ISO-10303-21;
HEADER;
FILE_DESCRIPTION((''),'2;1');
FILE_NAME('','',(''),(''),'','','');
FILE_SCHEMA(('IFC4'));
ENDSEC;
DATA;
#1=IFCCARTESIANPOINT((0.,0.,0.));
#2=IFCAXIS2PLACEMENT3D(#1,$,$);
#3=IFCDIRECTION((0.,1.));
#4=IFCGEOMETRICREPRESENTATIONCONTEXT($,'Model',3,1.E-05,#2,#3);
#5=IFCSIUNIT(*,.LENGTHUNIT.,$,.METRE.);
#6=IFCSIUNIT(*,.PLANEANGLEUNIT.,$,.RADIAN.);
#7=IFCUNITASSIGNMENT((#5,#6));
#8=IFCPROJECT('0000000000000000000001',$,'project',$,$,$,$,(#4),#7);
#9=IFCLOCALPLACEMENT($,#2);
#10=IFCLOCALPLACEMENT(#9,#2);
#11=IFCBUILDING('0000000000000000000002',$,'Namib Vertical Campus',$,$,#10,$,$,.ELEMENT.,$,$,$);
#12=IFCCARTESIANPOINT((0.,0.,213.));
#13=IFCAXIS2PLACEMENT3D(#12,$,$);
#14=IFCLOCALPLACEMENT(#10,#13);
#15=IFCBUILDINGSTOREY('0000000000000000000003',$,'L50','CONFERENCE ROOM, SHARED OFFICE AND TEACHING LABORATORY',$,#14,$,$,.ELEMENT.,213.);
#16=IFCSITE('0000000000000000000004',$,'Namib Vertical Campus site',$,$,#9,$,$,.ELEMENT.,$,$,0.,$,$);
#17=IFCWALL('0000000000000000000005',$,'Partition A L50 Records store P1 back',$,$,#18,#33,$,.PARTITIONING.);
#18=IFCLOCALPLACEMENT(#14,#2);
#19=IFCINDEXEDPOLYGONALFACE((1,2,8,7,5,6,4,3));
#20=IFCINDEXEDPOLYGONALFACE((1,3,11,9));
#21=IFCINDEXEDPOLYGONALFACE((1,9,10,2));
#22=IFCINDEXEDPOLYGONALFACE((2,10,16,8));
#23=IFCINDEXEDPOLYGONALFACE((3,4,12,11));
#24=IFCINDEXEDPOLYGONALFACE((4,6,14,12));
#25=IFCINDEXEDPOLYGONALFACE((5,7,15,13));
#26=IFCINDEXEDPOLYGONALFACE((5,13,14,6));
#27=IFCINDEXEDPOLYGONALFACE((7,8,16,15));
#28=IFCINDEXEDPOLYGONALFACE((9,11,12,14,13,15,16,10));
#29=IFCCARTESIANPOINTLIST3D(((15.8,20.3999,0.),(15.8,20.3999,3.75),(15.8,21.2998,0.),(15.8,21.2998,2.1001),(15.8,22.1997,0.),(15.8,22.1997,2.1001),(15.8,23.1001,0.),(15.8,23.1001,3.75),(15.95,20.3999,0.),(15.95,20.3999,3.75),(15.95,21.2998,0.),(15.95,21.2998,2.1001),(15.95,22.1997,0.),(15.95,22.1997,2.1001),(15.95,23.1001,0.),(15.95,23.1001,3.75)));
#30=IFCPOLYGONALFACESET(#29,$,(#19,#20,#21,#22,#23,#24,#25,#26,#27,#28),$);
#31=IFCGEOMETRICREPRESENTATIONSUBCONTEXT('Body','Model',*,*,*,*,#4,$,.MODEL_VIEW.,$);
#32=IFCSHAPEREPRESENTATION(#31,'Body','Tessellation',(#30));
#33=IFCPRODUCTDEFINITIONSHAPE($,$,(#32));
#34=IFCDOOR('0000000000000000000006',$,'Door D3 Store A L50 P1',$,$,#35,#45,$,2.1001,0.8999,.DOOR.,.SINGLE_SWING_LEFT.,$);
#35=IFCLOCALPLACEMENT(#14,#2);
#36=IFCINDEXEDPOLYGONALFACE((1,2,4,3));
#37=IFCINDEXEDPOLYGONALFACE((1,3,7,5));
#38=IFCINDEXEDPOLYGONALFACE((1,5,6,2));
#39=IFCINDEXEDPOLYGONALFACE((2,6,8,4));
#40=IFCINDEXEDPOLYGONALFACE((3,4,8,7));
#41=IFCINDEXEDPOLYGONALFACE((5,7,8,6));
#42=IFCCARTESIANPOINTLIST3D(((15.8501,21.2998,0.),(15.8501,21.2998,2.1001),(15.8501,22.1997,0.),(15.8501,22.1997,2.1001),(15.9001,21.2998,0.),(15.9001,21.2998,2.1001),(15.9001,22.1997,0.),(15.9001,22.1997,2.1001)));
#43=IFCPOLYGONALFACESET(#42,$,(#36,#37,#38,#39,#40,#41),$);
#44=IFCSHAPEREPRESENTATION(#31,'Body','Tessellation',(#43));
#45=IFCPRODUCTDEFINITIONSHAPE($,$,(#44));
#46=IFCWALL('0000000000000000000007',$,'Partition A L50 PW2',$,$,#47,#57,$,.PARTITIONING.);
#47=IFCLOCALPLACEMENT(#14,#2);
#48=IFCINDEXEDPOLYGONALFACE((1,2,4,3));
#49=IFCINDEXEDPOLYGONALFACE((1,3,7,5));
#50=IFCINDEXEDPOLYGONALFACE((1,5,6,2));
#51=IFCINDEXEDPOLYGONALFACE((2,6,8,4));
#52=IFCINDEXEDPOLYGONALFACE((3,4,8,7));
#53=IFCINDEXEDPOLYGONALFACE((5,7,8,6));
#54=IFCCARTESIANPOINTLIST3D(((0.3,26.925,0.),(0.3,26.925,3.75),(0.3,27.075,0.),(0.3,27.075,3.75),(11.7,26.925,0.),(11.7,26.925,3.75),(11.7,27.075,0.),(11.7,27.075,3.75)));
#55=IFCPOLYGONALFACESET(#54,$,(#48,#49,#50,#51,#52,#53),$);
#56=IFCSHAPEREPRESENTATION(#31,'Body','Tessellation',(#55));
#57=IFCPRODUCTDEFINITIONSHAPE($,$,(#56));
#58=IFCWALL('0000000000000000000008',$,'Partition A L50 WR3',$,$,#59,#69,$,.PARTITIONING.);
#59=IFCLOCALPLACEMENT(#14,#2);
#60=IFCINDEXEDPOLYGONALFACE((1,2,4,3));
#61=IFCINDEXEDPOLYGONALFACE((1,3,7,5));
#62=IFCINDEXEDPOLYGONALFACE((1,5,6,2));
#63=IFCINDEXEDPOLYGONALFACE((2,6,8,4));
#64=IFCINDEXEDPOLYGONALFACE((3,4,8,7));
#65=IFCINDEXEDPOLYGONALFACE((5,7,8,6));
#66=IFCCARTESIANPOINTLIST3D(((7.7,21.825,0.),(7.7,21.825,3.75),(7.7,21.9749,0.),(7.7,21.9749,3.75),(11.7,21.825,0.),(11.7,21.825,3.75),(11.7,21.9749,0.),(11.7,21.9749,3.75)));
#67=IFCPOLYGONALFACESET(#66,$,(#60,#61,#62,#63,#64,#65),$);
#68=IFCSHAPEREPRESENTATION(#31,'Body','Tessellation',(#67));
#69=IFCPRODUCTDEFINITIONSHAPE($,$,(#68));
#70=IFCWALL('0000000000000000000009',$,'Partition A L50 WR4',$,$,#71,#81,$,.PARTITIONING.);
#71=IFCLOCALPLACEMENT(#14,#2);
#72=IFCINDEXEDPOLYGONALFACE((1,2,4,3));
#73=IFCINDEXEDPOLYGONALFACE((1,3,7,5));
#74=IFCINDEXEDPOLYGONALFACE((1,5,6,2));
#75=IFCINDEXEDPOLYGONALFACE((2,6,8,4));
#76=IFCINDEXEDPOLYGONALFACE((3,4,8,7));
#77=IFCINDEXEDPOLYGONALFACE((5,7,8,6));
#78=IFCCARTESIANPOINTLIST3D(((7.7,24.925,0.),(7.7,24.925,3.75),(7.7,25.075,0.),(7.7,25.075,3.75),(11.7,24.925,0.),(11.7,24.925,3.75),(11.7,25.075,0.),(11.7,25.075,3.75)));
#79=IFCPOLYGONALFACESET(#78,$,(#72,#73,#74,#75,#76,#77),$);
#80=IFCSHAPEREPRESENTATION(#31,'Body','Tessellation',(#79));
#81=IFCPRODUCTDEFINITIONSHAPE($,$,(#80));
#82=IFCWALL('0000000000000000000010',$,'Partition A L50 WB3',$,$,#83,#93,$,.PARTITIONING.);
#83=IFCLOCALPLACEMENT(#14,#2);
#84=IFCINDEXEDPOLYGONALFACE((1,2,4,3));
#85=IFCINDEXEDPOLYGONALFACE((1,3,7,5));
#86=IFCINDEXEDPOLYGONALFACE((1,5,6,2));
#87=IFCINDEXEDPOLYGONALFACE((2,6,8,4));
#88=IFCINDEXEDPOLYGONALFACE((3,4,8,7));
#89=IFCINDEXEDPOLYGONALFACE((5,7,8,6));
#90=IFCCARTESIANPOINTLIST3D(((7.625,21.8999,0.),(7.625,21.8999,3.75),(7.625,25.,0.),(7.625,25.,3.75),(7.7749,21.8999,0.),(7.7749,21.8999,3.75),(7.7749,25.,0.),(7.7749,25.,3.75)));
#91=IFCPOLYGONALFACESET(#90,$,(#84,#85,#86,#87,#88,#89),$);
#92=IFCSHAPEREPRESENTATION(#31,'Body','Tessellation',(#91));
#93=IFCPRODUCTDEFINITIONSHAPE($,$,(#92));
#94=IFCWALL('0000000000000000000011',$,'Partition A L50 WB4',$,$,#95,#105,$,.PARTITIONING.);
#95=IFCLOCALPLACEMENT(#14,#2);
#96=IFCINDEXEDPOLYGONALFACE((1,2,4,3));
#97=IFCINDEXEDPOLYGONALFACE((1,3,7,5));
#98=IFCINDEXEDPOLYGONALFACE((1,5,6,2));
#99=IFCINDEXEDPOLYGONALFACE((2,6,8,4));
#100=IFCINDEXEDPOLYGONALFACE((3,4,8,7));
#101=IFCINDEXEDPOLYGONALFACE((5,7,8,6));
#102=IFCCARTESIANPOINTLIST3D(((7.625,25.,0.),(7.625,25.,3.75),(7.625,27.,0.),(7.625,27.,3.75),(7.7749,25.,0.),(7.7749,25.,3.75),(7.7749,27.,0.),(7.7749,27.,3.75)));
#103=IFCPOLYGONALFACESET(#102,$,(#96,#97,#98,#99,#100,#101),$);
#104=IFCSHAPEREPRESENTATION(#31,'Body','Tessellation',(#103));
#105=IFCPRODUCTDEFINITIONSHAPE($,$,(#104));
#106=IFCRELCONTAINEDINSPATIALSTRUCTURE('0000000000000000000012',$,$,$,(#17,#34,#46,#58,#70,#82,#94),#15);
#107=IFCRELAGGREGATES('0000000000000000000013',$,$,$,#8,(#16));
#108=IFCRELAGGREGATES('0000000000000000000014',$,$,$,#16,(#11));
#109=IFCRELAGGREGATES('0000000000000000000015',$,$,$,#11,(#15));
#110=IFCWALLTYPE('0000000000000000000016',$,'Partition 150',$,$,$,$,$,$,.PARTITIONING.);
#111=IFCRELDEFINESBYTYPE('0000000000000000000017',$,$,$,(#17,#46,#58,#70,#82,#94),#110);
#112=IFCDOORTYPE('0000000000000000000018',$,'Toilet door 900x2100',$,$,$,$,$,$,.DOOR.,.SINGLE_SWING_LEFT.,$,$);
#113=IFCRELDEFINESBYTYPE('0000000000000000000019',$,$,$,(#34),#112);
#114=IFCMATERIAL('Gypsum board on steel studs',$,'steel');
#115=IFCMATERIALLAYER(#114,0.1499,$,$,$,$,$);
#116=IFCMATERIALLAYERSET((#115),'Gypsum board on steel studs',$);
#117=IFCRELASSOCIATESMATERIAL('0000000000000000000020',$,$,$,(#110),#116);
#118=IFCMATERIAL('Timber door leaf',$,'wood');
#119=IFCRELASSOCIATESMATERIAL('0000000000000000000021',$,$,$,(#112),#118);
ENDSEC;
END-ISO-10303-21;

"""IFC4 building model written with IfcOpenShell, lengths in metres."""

from ifc_helpers import new_model, si_unit, direction, frame, frame_2d, origin, place, context, subcontext, project, spatial, rectangle, extrude, material, layer, layer_set, type_object, element, fill, save


model = new_model("IFC4")

# Units and contexts
model_context = context("Model", 3, precision=1e-05, world=origin(), true_north=direction((0.0, 1.0)))
body_context = subcontext(model_context, "Body", "Model", "MODEL_VIEW")
ifc_project = project(units=[si_unit("LENGTHUNIT", "METRE"), si_unit("PLANEANGLEUNIT", "RADIAN")], contexts=[model_context])

# Site, building, storey
site_placement = place(None, origin())
site = spatial("IfcSite", under=ifc_project, at=site_placement, Name="Namib Vertical Campus site", CompositionType="ELEMENT", RefElevation=0.0)
building_placement = place(site_placement, origin())
building = spatial("IfcBuilding", under=site, at=building_placement, Name="Namib Vertical Campus", CompositionType="ELEMENT")
storey_placement = place(building_placement, frame((0.0, 0.0, 213.0)))
storey = spatial("IfcBuildingStorey", under=building, at=storey_placement, Name="L50", Description="CONFERENCE ROOM, SHARED OFFICE AND TEACHING LABORATORY", CompositionType="ELEMENT", Elevation=213.0)

# Wall, opening, door
ifc_material_1 = material(Name="Gypsum board on steel studs", Category="steel")
ifc_layer_1 = layer(ifc_material_1, 0.1499)
ifc_layer_set_1 = layer_set([ifc_layer_1], Name="Gypsum board on steel studs")
wall_type_1 = type_object("IfcWallType", Name="Partition 150", PredefinedType="PARTITIONING", material=ifc_layer_set_1)
wall_1_placement = place(storey_placement, frame((15.875, 20.3999, 0.0), z_axis=(0.0, 0.0, 1.0), x_axis=(0.0, 1.0, 0.0)))
wall_1 = element("IfcWall", 1, at=wall_1_placement, inside=storey, type_object=wall_type_1, Name="Partition A L50 Records store P1 back", PredefinedType="PARTITIONING", context=body_context, shape_type="SweptSolid", body=[
    extrude(rectangle(XDim=2.7002, YDim=0.1499, at=frame_2d((1.3501, 0.0))), origin(), (0.0, 0.0, 1.0), 3.75),
])
opening_1_placement = place(wall_1_placement, frame((0.8999, 0.0, 0.0)))
opening_1 = element("IfcOpeningElement", 2, at=opening_1_placement, cuts=wall_1, PredefinedType="OPENING", context=body_context, shape_type="SweptSolid", body=[
    extrude(rectangle(XDim=0.8999, YDim=2.1001, at=frame_2d((0.45, 1.05))), frame((0.0, 0.085, 0.0), z_axis=(0.0, -1.0, 0.0), x_axis=(1.0, 0.0, 0.0)), (0.0, 0.0, 1.0), 0.1699),
])
ifc_material_2 = material(Name="Timber door leaf", Category="wood")
door_type_1 = type_object("IfcDoorType", Name="Toilet door 900x2100", OperationType="SINGLE_SWING_LEFT", PredefinedType="DOOR", material=ifc_material_2)
door_1_placement = place(opening_1_placement, origin())
door_1 = element("IfcDoor", 3, at=door_1_placement, inside=storey, type_object=door_type_1, Name="Door D3 Store A L50 P1", OperationType="SINGLE_SWING_LEFT", OverallHeight=2.1001, OverallWidth=0.8999, PredefinedType="DOOR", context=body_context, shape_type="SweptSolid", body=[
    extrude(rectangle(XDim=0.8999, YDim=2.1001, at=frame_2d((0.45, 1.05))), frame((0.0, 0.0249, 0.0), z_axis=(0.0, -1.0, 0.0), x_axis=(1.0, 0.0, 0.0)), (0.0, 0.0, 1.0), 0.05),
])
fill(opening_1, door_1)

# Walls
wall_2_placement = place(storey_placement, frame((0.3, 27.0, 0.0), z_axis=(0.0, 0.0, 1.0), x_axis=(1.0, 0.0, 0.0)))
element("IfcWall", 4, at=wall_2_placement, inside=storey, type_object=wall_type_1, Name="Partition A L50 PW2", PredefinedType="PARTITIONING", context=body_context, shape_type="SweptSolid", body=[
    extrude(rectangle(XDim=11.3999, YDim=0.1499, at=frame_2d((5.7, 0.0))), origin(), (0.0, 0.0, 1.0), 3.75),
])
for number, where, z_axis, x_axis, name in (
    (5, (11.7, 21.8999, 0.0), (0.0, 0.0, 1.0), (-1.0, 0.0, 0.0), "Partition A L50 WR3"),
    (6, (11.7, 25.0, 0.0), (0.0, 0.0, 1.0), (-1.0, 0.0, 0.0), "Partition A L50 WR4"),
):
    element("IfcWall", number, at=place(storey_placement, frame(where, z_axis=z_axis, x_axis=x_axis)), inside=storey, type_object=wall_type_1, Name=name, PredefinedType="PARTITIONING", context=body_context, shape_type="SweptSolid", body=[
        extrude(rectangle(XDim=4.0, YDim=0.1499, at=frame_2d((2.0, 0.0))), origin(), (0.0, 0.0, 1.0), 3.75),
    ])
wall_3_placement = place(storey_placement, frame((7.7, 21.8999, 0.0), z_axis=(0.0, 0.0, 1.0), x_axis=(0.0, 1.0, 0.0)))
element("IfcWall", 7, at=wall_3_placement, inside=storey, type_object=wall_type_1, Name="Partition A L50 WB3", PredefinedType="PARTITIONING", context=body_context, shape_type="SweptSolid", body=[
    extrude(rectangle(XDim=3.1001, YDim=0.1499, at=frame_2d((1.55, 0.0))), origin(), (0.0, 0.0, 1.0), 3.75),
])
wall_4_placement = place(storey_placement, frame((7.7, 25.0, 0.0), z_axis=(0.0, 0.0, 1.0), x_axis=(0.0, 1.0, 0.0)))
element("IfcWall", 8, at=wall_4_placement, inside=storey, type_object=wall_type_1, Name="Partition A L50 WB4", PredefinedType="PARTITIONING", context=body_context, shape_type="SweptSolid", body=[
    extrude(rectangle(XDim=2.0, YDim=0.1499, at=frame_2d((1.0, 0.0))), origin(), (0.0, 0.0, 1.0), 3.75),
])

save(model, "model.ifc")
